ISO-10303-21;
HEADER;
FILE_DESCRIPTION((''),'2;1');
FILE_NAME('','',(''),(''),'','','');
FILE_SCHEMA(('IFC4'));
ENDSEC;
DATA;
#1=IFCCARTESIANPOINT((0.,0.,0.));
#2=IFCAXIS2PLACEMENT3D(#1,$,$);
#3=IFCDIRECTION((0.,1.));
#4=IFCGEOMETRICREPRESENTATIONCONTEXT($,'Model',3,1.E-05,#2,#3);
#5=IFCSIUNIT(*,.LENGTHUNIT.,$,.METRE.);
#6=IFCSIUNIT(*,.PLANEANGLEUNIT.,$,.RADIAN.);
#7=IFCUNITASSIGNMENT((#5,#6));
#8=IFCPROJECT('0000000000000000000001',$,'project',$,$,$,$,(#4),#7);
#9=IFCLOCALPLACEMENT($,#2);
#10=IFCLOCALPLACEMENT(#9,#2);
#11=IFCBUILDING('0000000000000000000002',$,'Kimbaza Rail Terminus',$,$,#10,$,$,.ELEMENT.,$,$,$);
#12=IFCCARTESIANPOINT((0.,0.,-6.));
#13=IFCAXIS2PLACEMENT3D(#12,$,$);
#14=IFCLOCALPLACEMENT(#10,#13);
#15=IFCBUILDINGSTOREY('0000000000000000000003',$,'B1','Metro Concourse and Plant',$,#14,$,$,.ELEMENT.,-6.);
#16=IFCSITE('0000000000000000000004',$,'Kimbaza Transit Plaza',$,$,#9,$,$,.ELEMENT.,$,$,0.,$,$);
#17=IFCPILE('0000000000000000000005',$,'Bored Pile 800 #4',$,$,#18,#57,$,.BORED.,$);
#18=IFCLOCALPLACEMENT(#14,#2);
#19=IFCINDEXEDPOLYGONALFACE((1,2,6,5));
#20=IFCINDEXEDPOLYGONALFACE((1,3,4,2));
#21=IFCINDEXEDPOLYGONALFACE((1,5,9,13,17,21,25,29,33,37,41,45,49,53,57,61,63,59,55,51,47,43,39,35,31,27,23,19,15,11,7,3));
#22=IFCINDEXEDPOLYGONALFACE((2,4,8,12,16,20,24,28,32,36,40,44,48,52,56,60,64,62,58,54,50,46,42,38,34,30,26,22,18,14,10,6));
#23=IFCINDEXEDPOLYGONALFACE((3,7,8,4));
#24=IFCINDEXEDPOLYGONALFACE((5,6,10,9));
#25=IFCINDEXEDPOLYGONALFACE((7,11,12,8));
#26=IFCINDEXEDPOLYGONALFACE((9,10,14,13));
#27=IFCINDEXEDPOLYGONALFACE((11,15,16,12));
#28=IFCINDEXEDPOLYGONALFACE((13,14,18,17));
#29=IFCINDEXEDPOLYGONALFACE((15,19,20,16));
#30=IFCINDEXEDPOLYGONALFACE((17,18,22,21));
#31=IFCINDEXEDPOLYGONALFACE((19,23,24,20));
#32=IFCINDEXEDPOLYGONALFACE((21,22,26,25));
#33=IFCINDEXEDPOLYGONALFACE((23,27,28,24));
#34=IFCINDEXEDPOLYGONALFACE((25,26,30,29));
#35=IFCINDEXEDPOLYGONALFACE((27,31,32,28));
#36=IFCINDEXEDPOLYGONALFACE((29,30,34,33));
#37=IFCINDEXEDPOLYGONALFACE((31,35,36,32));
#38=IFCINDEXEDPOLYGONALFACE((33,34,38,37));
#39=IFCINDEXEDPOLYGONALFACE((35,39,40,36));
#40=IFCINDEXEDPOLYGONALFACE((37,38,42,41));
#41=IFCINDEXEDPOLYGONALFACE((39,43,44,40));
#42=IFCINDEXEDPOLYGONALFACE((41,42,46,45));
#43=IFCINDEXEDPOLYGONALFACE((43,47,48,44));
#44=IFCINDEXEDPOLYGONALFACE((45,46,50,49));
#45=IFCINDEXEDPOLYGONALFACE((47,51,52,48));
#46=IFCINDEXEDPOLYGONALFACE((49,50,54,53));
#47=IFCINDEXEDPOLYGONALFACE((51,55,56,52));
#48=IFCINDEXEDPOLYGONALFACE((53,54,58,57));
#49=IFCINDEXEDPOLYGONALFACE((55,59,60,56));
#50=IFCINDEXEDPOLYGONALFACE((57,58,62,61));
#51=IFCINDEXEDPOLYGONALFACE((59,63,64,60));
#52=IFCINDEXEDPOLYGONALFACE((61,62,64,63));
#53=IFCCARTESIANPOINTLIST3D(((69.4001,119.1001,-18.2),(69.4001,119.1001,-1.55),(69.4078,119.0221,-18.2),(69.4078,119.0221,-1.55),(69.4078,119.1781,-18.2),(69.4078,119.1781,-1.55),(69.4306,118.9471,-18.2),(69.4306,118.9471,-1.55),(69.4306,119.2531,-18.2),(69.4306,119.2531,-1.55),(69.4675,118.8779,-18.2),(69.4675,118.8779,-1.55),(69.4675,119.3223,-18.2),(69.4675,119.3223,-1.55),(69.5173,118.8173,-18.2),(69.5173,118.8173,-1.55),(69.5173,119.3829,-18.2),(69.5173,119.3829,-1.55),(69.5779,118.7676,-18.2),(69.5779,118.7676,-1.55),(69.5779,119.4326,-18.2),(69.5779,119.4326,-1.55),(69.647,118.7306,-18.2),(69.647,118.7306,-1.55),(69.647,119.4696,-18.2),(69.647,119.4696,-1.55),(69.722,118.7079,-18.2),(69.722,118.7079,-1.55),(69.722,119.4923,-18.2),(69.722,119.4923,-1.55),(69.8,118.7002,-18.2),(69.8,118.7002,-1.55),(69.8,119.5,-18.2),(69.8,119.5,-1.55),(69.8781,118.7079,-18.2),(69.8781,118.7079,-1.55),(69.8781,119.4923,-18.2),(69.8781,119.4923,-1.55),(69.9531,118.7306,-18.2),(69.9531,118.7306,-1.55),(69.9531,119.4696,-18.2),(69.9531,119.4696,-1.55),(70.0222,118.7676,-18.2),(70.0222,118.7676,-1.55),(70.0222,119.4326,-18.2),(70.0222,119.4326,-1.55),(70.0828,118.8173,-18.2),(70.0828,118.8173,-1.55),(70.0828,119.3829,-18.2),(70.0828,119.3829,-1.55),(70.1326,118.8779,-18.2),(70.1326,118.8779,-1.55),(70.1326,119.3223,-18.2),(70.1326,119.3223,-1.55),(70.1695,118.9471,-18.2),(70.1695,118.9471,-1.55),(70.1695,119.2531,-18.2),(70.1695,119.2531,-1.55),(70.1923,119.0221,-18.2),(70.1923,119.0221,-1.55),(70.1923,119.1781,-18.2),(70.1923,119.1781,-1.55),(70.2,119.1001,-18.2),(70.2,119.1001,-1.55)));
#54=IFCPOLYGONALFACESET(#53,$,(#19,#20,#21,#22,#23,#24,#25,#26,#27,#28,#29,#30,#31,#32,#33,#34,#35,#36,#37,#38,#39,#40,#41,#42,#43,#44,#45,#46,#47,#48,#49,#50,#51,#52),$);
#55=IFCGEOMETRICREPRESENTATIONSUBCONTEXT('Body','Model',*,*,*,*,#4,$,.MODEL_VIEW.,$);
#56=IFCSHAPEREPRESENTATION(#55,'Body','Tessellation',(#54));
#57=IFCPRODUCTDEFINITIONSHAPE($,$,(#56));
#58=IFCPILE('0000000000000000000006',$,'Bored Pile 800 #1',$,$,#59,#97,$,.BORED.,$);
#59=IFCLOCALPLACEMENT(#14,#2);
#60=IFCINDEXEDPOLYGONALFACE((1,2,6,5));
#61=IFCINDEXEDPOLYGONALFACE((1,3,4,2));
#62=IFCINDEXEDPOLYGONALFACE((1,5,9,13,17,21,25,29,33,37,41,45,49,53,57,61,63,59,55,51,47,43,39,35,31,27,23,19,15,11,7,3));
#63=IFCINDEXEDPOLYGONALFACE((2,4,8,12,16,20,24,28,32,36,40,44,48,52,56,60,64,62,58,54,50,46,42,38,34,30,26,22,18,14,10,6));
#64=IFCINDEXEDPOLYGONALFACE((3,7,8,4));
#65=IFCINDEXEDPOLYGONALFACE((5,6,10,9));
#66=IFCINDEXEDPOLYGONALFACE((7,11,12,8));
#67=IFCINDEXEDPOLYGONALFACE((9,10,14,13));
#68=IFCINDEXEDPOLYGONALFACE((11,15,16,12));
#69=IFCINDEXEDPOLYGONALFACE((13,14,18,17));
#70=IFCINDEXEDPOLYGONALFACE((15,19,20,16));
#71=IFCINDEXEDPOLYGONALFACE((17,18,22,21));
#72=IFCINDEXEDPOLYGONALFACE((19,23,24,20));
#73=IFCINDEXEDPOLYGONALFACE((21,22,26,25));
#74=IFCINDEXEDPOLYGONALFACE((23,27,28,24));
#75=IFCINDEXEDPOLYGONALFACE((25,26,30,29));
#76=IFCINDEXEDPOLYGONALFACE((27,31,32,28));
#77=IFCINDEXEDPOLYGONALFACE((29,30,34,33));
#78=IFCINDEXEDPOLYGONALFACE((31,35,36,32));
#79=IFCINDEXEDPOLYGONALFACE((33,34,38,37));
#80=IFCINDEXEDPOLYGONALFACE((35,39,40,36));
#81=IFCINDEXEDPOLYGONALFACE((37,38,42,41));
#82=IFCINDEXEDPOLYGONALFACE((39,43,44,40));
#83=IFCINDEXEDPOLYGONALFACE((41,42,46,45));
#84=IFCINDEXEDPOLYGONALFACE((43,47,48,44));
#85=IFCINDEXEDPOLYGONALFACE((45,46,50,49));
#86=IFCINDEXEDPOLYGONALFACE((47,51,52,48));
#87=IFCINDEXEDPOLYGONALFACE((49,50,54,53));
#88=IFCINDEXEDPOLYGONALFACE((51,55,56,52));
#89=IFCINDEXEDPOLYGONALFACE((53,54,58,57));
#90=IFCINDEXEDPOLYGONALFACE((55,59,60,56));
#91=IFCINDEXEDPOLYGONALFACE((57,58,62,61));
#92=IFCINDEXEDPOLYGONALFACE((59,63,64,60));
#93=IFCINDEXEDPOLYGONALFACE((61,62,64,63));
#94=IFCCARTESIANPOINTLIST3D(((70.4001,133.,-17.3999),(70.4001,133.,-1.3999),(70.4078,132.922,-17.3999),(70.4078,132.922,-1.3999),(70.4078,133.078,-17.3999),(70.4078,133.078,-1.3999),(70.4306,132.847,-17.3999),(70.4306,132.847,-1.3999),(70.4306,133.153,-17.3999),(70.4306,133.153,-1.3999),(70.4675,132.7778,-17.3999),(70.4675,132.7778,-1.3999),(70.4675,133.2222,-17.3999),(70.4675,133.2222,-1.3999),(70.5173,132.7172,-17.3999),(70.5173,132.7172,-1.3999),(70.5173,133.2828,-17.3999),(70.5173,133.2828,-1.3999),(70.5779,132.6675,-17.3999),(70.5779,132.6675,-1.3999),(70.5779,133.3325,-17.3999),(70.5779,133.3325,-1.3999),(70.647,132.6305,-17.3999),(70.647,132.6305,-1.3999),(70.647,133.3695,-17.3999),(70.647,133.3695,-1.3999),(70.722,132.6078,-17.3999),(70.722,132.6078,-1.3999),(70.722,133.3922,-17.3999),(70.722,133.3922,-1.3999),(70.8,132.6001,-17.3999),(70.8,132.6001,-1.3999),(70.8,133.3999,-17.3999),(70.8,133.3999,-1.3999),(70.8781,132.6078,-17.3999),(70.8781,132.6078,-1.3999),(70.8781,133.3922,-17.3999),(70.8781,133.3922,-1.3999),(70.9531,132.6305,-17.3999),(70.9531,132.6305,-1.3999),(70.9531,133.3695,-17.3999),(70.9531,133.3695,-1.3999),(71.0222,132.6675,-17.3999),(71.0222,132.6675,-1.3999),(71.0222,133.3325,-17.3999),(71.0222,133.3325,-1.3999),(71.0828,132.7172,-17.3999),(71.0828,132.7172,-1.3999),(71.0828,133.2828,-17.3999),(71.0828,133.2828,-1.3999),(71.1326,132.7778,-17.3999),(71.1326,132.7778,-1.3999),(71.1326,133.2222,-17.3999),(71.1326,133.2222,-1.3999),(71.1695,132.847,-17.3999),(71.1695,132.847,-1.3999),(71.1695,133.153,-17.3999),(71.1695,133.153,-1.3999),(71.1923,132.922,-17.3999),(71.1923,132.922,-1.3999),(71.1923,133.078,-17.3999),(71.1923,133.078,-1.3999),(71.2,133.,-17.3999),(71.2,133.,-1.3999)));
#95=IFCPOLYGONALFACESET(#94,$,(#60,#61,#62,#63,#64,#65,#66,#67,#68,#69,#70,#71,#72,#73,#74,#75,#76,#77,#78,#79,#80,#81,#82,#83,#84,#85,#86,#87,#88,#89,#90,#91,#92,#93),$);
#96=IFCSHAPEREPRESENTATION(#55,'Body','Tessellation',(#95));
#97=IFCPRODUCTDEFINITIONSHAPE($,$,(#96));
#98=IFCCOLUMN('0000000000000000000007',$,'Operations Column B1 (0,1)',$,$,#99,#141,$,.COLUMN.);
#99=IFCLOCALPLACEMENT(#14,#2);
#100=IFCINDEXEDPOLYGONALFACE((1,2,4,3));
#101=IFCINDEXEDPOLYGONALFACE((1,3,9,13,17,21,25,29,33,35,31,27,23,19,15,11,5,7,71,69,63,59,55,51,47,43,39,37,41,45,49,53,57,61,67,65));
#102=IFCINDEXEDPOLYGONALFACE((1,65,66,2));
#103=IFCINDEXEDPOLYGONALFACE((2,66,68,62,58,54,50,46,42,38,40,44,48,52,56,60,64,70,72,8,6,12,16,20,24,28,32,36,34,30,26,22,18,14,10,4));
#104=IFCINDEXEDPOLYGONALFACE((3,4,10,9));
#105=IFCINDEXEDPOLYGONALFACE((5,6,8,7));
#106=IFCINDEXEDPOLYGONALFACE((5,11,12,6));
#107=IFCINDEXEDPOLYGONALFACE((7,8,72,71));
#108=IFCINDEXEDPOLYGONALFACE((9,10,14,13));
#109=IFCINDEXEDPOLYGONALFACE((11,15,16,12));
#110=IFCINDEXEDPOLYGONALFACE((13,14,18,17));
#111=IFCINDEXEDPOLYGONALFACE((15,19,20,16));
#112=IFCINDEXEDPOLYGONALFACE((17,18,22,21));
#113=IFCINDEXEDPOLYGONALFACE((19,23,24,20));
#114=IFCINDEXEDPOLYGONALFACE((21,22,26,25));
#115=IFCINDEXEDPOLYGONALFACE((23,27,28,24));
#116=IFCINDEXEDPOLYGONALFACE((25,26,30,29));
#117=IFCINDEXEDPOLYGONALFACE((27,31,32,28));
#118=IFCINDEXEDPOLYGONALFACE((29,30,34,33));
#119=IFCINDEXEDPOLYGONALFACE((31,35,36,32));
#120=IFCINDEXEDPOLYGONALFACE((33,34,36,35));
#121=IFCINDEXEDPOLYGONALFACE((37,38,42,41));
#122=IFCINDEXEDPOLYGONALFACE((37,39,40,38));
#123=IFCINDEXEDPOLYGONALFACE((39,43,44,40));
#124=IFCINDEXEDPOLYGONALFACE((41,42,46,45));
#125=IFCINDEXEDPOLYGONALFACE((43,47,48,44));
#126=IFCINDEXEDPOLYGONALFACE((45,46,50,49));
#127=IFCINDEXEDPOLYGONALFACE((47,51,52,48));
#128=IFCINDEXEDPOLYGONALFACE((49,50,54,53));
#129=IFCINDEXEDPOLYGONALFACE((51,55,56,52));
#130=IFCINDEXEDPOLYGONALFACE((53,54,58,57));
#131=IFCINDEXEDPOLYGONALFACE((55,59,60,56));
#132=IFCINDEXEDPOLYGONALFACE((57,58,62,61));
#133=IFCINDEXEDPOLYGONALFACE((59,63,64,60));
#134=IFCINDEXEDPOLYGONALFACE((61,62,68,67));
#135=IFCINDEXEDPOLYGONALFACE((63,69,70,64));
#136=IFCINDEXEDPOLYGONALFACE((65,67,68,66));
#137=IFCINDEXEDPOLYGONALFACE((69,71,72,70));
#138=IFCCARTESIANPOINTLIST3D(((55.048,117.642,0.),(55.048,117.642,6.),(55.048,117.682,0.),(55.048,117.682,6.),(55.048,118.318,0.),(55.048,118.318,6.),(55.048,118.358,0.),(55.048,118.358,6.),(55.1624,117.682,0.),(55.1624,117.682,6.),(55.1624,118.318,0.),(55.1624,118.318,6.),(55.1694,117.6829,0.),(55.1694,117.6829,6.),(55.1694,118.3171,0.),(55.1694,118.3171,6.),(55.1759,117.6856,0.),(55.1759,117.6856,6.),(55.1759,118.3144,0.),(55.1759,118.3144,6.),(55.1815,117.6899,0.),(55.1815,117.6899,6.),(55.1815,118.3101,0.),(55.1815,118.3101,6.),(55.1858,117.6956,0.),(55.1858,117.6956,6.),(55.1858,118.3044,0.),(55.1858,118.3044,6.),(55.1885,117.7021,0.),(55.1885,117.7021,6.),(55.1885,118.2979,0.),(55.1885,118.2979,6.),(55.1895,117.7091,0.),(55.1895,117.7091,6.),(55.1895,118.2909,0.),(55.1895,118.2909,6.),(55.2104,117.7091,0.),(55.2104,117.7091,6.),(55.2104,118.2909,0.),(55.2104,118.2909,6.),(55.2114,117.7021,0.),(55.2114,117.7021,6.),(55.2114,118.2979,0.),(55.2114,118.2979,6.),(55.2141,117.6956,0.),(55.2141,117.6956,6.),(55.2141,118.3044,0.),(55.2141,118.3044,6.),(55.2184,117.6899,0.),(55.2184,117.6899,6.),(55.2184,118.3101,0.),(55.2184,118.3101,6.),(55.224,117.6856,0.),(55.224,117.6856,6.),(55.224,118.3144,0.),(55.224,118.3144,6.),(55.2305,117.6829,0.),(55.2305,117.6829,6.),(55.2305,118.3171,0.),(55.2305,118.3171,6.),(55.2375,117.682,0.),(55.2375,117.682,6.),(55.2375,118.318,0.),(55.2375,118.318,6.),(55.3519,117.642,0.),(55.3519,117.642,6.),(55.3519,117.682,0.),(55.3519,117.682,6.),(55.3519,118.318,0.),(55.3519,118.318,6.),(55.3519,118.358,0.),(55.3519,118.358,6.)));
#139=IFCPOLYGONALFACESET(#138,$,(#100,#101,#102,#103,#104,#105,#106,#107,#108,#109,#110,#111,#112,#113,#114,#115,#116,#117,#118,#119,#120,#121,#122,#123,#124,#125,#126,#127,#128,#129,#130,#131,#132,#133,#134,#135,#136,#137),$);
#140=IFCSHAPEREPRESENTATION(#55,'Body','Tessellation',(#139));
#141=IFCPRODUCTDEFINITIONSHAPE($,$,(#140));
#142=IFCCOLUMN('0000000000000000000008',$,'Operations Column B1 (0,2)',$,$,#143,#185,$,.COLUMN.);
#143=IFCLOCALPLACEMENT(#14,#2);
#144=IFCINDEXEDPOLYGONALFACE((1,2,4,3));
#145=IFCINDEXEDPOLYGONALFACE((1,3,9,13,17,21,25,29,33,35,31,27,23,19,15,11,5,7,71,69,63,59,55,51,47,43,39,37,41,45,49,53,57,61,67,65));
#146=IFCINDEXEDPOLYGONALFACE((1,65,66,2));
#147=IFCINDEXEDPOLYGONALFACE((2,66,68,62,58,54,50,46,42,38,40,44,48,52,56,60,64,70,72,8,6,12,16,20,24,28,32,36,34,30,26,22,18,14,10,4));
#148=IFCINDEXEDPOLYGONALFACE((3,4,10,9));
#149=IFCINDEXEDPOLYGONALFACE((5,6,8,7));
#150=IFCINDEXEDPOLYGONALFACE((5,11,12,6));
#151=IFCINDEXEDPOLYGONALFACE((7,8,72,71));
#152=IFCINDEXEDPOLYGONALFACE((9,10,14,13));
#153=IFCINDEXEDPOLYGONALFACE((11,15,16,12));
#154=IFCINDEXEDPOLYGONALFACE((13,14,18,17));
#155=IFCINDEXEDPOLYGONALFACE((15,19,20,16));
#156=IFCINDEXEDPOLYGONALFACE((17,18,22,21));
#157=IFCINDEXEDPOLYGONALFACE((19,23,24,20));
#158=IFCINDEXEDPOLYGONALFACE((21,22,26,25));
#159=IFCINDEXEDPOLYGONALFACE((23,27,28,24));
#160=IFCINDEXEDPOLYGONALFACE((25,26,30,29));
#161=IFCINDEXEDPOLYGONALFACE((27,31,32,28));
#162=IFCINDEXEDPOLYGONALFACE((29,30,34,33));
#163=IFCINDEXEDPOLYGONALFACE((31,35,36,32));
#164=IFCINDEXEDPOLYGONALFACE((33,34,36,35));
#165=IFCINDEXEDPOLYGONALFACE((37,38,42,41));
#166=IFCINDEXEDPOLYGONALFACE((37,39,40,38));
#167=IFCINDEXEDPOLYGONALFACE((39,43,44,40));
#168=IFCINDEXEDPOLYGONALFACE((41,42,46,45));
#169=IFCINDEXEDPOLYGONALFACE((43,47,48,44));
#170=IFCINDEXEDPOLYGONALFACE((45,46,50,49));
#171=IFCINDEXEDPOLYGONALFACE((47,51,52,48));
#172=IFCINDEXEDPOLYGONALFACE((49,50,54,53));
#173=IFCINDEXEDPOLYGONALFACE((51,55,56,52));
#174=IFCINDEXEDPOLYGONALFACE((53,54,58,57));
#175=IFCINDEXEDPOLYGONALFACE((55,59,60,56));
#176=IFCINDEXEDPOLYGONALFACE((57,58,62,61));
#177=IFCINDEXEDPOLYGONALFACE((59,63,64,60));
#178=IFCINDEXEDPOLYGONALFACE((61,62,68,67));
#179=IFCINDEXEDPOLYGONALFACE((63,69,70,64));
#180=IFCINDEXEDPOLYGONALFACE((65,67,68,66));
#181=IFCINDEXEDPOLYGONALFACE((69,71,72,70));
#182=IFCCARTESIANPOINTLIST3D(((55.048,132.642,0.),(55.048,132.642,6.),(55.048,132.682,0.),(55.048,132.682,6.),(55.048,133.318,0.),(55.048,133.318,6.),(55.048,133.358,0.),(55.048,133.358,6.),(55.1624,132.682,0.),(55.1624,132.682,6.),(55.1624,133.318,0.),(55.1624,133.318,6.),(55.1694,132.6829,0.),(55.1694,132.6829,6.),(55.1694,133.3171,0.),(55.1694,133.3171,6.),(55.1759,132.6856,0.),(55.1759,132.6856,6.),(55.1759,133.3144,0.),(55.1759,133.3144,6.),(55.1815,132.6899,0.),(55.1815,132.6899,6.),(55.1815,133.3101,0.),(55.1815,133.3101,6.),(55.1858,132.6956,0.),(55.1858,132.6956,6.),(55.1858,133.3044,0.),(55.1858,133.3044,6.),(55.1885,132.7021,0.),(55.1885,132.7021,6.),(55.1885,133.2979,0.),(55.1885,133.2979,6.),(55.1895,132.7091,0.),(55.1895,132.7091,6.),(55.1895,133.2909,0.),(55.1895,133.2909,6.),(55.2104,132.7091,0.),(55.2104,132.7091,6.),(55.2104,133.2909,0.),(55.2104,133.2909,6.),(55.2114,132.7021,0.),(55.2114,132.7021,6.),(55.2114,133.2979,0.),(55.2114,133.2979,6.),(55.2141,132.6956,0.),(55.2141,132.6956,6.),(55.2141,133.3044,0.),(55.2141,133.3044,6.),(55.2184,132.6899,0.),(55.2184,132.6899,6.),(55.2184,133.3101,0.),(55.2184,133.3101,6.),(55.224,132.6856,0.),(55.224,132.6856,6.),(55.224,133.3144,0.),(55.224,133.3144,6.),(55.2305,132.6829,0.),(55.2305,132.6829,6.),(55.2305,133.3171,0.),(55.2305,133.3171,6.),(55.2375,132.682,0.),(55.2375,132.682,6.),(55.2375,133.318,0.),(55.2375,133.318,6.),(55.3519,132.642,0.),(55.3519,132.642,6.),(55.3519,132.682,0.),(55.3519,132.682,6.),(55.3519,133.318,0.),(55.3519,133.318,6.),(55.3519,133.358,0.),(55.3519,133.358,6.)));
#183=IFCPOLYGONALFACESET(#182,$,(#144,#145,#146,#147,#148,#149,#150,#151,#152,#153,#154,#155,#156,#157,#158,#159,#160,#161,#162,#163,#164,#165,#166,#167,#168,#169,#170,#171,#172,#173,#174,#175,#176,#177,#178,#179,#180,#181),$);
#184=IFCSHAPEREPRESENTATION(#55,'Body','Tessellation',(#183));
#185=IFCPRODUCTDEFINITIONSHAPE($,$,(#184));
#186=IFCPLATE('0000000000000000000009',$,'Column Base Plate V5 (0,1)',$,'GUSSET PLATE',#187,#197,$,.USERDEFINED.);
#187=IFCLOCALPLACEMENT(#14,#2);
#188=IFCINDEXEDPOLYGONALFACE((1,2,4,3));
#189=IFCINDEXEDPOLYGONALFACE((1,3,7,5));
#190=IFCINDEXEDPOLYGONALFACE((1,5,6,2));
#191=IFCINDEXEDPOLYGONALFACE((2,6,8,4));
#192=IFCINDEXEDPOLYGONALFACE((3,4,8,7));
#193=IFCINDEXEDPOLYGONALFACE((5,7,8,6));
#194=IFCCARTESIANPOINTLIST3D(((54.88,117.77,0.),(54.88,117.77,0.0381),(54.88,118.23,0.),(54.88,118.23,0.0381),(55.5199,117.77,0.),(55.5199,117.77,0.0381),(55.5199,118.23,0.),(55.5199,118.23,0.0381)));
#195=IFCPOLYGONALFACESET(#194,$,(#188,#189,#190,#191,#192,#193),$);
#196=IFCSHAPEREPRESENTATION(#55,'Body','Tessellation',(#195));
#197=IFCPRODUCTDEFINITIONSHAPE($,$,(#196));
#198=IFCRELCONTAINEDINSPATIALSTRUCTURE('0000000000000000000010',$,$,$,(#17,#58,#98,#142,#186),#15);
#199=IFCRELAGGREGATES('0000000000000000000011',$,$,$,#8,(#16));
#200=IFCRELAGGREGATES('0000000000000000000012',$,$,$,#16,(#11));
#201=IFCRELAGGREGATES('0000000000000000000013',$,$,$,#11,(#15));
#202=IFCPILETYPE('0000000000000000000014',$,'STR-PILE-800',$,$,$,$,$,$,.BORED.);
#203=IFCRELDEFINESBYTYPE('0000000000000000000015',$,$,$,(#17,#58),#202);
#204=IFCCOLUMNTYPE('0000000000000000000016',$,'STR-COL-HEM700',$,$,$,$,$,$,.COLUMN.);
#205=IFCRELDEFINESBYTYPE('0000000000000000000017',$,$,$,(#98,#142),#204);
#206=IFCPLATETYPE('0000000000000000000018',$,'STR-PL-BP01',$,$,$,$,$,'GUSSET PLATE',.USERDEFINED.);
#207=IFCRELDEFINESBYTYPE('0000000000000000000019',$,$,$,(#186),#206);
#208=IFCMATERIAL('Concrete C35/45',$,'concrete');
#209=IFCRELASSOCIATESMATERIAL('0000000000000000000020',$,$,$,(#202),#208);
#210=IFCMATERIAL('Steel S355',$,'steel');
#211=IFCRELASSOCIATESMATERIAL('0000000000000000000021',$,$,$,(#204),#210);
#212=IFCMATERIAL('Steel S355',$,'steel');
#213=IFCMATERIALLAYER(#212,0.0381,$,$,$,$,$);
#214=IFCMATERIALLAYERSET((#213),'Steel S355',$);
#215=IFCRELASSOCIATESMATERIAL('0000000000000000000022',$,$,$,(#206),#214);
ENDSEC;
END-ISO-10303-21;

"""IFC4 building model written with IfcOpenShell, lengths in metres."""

from ifc_helpers import new_model, si_unit, direction, frame, origin, origin_2d, place, context, subcontext, project, spatial, rectangle, circle, i_section, extrude, material, layer, layer_set, material_profile, profile_set, type_object, element, save


model = new_model("IFC4")

# Units and contexts
model_context = context("Model", 3, precision=1e-05, world=origin(), true_north=direction((0.0, 1.0)))
body_context = subcontext(model_context, "Body", "Model", "MODEL_VIEW")
ifc_project = project(units=[si_unit("LENGTHUNIT", "METRE"), si_unit("PLANEANGLEUNIT", "RADIAN")], contexts=[model_context])

# Site, building, storey
site_placement = place(None, origin())
site = spatial("IfcSite", under=ifc_project, at=site_placement, Name="Kimbaza Transit Plaza", CompositionType="ELEMENT", RefElevation=0.0)
building_placement = place(site_placement, origin())
building = spatial("IfcBuilding", under=site, at=building_placement, Name="Kimbaza Rail Terminus", CompositionType="ELEMENT")
storey_placement = place(building_placement, frame((0.0, 0.0, -6.0)))
storey = spatial("IfcBuildingStorey", under=building, at=storey_placement, Name="B1", Description="Metro Concourse and Plant", CompositionType="ELEMENT", Elevation=-6.0)

# Piles
ifc_material_1 = material(Name="Concrete C35/45", Category="concrete")
ifc_material_profile_1 = material_profile(ifc_material_1, circle(Radius=0.3999, at=origin_2d()), Name="BORED PILE 800")
ifc_profile_set_1 = profile_set([ifc_material_profile_1], Name="Concrete C35/45")
pile_type_1 = type_object("IfcPileType", Name="STR-PILE-800", PredefinedType="BORED", material=ifc_profile_set_1)
pile_1_placement = place(storey_placement, frame((69.8, 119.1001, -1.55), z_axis=(0.0, 0.0, -1.0), x_axis=(1.0, 0.0, 0.0)))
element("IfcPile", 1, at=pile_1_placement, inside=storey, type_object=pile_type_1, Name="Bored Pile 800 #4", PredefinedType="BORED", context=body_context, shape_type="SweptSolid", body=[
    extrude(circle(Radius=0.3999, at=origin_2d()), origin(), (0.0, 0.0, 1.0), 16.6499),
])
pile_2_placement = place(storey_placement, frame((70.8, 133.0, -1.3999), z_axis=(0.0, 0.0, -1.0), x_axis=(1.0, 0.0, 0.0)))
element("IfcPile", 2, at=pile_2_placement, inside=storey, type_object=pile_type_1, Name="Bored Pile 800 #1", PredefinedType="BORED", context=body_context, shape_type="SweptSolid", body=[
    extrude(circle(Radius=0.3999, at=origin_2d()), origin(), (0.0, 0.0, 1.0), 16.0),
])

# Columns
ifc_material_2 = material(Name="Steel S355", Category="steel")
ifc_material_profile_2 = material_profile(ifc_material_2, i_section(OverallWidth=0.304, OverallDepth=0.7161, WebThickness=0.021, FlangeThickness=0.04, FilletRadius=0.0271, at=origin_2d()), Name="HEM 700")
ifc_profile_set_2 = profile_set([ifc_material_profile_2], Name="Steel S355")
column_type = type_object("IfcColumnType", Name="STR-COL-HEM700", PredefinedType="COLUMN", material=ifc_profile_set_2)
for number, where, z_axis, x_axis, name in (
    (3, (55.2, 118.0, 0.0), (0.0, 0.0, 1.0), (1.0, 0.0, 0.0), "Operations Column B1 (0,1)"),
    (4, (55.2, 133.0, 0.0), (0.0, 0.0, 1.0), (1.0, 0.0, 0.0), "Operations Column B1 (0,2)"),
):
    element("IfcColumn", number, at=place(storey_placement, frame(where, z_axis=z_axis, x_axis=x_axis)), inside=storey, type_object=column_type, Name=name, PredefinedType="COLUMN", context=body_context, shape_type="SweptSolid", body=[
        extrude(i_section(OverallWidth=0.304, OverallDepth=0.7161, WebThickness=0.021, FlangeThickness=0.04, FilletRadius=0.0271, at=origin_2d()), origin(), (0.0, 0.0, 1.0), 6.0),
    ])

# Plate
ifc_material_3 = material(Name="Steel S355", Category="steel")
ifc_layer_1 = layer(ifc_material_3, 0.0381)
ifc_layer_set_1 = layer_set([ifc_layer_1], Name="Steel S355")
plate_type = type_object("IfcPlateType", Name="STR-PL-BP01", ElementType="GUSSET PLATE", PredefinedType="USERDEFINED", material=ifc_layer_set_1)
for number, where, z_axis, x_axis, name in (
    (5, (55.2, 118.0, 0.0), (0.0, 0.0, 1.0), (1.0, 0.0, 0.0), "Column Base Plate V5 (0,1)"),
):
    element("IfcPlate", number, at=place(storey_placement, frame(where, z_axis=z_axis, x_axis=x_axis)), inside=storey, type_object=plate_type, Name=name, ObjectType="GUSSET PLATE", PredefinedType="USERDEFINED", context=body_context, shape_type="SweptSolid", body=[
        extrude(rectangle(XDim=0.6399, YDim=0.46, at=origin_2d()), origin(), (0.0, 0.0, 1.0), 0.0381),
    ])

save(model, "model.ifc")
